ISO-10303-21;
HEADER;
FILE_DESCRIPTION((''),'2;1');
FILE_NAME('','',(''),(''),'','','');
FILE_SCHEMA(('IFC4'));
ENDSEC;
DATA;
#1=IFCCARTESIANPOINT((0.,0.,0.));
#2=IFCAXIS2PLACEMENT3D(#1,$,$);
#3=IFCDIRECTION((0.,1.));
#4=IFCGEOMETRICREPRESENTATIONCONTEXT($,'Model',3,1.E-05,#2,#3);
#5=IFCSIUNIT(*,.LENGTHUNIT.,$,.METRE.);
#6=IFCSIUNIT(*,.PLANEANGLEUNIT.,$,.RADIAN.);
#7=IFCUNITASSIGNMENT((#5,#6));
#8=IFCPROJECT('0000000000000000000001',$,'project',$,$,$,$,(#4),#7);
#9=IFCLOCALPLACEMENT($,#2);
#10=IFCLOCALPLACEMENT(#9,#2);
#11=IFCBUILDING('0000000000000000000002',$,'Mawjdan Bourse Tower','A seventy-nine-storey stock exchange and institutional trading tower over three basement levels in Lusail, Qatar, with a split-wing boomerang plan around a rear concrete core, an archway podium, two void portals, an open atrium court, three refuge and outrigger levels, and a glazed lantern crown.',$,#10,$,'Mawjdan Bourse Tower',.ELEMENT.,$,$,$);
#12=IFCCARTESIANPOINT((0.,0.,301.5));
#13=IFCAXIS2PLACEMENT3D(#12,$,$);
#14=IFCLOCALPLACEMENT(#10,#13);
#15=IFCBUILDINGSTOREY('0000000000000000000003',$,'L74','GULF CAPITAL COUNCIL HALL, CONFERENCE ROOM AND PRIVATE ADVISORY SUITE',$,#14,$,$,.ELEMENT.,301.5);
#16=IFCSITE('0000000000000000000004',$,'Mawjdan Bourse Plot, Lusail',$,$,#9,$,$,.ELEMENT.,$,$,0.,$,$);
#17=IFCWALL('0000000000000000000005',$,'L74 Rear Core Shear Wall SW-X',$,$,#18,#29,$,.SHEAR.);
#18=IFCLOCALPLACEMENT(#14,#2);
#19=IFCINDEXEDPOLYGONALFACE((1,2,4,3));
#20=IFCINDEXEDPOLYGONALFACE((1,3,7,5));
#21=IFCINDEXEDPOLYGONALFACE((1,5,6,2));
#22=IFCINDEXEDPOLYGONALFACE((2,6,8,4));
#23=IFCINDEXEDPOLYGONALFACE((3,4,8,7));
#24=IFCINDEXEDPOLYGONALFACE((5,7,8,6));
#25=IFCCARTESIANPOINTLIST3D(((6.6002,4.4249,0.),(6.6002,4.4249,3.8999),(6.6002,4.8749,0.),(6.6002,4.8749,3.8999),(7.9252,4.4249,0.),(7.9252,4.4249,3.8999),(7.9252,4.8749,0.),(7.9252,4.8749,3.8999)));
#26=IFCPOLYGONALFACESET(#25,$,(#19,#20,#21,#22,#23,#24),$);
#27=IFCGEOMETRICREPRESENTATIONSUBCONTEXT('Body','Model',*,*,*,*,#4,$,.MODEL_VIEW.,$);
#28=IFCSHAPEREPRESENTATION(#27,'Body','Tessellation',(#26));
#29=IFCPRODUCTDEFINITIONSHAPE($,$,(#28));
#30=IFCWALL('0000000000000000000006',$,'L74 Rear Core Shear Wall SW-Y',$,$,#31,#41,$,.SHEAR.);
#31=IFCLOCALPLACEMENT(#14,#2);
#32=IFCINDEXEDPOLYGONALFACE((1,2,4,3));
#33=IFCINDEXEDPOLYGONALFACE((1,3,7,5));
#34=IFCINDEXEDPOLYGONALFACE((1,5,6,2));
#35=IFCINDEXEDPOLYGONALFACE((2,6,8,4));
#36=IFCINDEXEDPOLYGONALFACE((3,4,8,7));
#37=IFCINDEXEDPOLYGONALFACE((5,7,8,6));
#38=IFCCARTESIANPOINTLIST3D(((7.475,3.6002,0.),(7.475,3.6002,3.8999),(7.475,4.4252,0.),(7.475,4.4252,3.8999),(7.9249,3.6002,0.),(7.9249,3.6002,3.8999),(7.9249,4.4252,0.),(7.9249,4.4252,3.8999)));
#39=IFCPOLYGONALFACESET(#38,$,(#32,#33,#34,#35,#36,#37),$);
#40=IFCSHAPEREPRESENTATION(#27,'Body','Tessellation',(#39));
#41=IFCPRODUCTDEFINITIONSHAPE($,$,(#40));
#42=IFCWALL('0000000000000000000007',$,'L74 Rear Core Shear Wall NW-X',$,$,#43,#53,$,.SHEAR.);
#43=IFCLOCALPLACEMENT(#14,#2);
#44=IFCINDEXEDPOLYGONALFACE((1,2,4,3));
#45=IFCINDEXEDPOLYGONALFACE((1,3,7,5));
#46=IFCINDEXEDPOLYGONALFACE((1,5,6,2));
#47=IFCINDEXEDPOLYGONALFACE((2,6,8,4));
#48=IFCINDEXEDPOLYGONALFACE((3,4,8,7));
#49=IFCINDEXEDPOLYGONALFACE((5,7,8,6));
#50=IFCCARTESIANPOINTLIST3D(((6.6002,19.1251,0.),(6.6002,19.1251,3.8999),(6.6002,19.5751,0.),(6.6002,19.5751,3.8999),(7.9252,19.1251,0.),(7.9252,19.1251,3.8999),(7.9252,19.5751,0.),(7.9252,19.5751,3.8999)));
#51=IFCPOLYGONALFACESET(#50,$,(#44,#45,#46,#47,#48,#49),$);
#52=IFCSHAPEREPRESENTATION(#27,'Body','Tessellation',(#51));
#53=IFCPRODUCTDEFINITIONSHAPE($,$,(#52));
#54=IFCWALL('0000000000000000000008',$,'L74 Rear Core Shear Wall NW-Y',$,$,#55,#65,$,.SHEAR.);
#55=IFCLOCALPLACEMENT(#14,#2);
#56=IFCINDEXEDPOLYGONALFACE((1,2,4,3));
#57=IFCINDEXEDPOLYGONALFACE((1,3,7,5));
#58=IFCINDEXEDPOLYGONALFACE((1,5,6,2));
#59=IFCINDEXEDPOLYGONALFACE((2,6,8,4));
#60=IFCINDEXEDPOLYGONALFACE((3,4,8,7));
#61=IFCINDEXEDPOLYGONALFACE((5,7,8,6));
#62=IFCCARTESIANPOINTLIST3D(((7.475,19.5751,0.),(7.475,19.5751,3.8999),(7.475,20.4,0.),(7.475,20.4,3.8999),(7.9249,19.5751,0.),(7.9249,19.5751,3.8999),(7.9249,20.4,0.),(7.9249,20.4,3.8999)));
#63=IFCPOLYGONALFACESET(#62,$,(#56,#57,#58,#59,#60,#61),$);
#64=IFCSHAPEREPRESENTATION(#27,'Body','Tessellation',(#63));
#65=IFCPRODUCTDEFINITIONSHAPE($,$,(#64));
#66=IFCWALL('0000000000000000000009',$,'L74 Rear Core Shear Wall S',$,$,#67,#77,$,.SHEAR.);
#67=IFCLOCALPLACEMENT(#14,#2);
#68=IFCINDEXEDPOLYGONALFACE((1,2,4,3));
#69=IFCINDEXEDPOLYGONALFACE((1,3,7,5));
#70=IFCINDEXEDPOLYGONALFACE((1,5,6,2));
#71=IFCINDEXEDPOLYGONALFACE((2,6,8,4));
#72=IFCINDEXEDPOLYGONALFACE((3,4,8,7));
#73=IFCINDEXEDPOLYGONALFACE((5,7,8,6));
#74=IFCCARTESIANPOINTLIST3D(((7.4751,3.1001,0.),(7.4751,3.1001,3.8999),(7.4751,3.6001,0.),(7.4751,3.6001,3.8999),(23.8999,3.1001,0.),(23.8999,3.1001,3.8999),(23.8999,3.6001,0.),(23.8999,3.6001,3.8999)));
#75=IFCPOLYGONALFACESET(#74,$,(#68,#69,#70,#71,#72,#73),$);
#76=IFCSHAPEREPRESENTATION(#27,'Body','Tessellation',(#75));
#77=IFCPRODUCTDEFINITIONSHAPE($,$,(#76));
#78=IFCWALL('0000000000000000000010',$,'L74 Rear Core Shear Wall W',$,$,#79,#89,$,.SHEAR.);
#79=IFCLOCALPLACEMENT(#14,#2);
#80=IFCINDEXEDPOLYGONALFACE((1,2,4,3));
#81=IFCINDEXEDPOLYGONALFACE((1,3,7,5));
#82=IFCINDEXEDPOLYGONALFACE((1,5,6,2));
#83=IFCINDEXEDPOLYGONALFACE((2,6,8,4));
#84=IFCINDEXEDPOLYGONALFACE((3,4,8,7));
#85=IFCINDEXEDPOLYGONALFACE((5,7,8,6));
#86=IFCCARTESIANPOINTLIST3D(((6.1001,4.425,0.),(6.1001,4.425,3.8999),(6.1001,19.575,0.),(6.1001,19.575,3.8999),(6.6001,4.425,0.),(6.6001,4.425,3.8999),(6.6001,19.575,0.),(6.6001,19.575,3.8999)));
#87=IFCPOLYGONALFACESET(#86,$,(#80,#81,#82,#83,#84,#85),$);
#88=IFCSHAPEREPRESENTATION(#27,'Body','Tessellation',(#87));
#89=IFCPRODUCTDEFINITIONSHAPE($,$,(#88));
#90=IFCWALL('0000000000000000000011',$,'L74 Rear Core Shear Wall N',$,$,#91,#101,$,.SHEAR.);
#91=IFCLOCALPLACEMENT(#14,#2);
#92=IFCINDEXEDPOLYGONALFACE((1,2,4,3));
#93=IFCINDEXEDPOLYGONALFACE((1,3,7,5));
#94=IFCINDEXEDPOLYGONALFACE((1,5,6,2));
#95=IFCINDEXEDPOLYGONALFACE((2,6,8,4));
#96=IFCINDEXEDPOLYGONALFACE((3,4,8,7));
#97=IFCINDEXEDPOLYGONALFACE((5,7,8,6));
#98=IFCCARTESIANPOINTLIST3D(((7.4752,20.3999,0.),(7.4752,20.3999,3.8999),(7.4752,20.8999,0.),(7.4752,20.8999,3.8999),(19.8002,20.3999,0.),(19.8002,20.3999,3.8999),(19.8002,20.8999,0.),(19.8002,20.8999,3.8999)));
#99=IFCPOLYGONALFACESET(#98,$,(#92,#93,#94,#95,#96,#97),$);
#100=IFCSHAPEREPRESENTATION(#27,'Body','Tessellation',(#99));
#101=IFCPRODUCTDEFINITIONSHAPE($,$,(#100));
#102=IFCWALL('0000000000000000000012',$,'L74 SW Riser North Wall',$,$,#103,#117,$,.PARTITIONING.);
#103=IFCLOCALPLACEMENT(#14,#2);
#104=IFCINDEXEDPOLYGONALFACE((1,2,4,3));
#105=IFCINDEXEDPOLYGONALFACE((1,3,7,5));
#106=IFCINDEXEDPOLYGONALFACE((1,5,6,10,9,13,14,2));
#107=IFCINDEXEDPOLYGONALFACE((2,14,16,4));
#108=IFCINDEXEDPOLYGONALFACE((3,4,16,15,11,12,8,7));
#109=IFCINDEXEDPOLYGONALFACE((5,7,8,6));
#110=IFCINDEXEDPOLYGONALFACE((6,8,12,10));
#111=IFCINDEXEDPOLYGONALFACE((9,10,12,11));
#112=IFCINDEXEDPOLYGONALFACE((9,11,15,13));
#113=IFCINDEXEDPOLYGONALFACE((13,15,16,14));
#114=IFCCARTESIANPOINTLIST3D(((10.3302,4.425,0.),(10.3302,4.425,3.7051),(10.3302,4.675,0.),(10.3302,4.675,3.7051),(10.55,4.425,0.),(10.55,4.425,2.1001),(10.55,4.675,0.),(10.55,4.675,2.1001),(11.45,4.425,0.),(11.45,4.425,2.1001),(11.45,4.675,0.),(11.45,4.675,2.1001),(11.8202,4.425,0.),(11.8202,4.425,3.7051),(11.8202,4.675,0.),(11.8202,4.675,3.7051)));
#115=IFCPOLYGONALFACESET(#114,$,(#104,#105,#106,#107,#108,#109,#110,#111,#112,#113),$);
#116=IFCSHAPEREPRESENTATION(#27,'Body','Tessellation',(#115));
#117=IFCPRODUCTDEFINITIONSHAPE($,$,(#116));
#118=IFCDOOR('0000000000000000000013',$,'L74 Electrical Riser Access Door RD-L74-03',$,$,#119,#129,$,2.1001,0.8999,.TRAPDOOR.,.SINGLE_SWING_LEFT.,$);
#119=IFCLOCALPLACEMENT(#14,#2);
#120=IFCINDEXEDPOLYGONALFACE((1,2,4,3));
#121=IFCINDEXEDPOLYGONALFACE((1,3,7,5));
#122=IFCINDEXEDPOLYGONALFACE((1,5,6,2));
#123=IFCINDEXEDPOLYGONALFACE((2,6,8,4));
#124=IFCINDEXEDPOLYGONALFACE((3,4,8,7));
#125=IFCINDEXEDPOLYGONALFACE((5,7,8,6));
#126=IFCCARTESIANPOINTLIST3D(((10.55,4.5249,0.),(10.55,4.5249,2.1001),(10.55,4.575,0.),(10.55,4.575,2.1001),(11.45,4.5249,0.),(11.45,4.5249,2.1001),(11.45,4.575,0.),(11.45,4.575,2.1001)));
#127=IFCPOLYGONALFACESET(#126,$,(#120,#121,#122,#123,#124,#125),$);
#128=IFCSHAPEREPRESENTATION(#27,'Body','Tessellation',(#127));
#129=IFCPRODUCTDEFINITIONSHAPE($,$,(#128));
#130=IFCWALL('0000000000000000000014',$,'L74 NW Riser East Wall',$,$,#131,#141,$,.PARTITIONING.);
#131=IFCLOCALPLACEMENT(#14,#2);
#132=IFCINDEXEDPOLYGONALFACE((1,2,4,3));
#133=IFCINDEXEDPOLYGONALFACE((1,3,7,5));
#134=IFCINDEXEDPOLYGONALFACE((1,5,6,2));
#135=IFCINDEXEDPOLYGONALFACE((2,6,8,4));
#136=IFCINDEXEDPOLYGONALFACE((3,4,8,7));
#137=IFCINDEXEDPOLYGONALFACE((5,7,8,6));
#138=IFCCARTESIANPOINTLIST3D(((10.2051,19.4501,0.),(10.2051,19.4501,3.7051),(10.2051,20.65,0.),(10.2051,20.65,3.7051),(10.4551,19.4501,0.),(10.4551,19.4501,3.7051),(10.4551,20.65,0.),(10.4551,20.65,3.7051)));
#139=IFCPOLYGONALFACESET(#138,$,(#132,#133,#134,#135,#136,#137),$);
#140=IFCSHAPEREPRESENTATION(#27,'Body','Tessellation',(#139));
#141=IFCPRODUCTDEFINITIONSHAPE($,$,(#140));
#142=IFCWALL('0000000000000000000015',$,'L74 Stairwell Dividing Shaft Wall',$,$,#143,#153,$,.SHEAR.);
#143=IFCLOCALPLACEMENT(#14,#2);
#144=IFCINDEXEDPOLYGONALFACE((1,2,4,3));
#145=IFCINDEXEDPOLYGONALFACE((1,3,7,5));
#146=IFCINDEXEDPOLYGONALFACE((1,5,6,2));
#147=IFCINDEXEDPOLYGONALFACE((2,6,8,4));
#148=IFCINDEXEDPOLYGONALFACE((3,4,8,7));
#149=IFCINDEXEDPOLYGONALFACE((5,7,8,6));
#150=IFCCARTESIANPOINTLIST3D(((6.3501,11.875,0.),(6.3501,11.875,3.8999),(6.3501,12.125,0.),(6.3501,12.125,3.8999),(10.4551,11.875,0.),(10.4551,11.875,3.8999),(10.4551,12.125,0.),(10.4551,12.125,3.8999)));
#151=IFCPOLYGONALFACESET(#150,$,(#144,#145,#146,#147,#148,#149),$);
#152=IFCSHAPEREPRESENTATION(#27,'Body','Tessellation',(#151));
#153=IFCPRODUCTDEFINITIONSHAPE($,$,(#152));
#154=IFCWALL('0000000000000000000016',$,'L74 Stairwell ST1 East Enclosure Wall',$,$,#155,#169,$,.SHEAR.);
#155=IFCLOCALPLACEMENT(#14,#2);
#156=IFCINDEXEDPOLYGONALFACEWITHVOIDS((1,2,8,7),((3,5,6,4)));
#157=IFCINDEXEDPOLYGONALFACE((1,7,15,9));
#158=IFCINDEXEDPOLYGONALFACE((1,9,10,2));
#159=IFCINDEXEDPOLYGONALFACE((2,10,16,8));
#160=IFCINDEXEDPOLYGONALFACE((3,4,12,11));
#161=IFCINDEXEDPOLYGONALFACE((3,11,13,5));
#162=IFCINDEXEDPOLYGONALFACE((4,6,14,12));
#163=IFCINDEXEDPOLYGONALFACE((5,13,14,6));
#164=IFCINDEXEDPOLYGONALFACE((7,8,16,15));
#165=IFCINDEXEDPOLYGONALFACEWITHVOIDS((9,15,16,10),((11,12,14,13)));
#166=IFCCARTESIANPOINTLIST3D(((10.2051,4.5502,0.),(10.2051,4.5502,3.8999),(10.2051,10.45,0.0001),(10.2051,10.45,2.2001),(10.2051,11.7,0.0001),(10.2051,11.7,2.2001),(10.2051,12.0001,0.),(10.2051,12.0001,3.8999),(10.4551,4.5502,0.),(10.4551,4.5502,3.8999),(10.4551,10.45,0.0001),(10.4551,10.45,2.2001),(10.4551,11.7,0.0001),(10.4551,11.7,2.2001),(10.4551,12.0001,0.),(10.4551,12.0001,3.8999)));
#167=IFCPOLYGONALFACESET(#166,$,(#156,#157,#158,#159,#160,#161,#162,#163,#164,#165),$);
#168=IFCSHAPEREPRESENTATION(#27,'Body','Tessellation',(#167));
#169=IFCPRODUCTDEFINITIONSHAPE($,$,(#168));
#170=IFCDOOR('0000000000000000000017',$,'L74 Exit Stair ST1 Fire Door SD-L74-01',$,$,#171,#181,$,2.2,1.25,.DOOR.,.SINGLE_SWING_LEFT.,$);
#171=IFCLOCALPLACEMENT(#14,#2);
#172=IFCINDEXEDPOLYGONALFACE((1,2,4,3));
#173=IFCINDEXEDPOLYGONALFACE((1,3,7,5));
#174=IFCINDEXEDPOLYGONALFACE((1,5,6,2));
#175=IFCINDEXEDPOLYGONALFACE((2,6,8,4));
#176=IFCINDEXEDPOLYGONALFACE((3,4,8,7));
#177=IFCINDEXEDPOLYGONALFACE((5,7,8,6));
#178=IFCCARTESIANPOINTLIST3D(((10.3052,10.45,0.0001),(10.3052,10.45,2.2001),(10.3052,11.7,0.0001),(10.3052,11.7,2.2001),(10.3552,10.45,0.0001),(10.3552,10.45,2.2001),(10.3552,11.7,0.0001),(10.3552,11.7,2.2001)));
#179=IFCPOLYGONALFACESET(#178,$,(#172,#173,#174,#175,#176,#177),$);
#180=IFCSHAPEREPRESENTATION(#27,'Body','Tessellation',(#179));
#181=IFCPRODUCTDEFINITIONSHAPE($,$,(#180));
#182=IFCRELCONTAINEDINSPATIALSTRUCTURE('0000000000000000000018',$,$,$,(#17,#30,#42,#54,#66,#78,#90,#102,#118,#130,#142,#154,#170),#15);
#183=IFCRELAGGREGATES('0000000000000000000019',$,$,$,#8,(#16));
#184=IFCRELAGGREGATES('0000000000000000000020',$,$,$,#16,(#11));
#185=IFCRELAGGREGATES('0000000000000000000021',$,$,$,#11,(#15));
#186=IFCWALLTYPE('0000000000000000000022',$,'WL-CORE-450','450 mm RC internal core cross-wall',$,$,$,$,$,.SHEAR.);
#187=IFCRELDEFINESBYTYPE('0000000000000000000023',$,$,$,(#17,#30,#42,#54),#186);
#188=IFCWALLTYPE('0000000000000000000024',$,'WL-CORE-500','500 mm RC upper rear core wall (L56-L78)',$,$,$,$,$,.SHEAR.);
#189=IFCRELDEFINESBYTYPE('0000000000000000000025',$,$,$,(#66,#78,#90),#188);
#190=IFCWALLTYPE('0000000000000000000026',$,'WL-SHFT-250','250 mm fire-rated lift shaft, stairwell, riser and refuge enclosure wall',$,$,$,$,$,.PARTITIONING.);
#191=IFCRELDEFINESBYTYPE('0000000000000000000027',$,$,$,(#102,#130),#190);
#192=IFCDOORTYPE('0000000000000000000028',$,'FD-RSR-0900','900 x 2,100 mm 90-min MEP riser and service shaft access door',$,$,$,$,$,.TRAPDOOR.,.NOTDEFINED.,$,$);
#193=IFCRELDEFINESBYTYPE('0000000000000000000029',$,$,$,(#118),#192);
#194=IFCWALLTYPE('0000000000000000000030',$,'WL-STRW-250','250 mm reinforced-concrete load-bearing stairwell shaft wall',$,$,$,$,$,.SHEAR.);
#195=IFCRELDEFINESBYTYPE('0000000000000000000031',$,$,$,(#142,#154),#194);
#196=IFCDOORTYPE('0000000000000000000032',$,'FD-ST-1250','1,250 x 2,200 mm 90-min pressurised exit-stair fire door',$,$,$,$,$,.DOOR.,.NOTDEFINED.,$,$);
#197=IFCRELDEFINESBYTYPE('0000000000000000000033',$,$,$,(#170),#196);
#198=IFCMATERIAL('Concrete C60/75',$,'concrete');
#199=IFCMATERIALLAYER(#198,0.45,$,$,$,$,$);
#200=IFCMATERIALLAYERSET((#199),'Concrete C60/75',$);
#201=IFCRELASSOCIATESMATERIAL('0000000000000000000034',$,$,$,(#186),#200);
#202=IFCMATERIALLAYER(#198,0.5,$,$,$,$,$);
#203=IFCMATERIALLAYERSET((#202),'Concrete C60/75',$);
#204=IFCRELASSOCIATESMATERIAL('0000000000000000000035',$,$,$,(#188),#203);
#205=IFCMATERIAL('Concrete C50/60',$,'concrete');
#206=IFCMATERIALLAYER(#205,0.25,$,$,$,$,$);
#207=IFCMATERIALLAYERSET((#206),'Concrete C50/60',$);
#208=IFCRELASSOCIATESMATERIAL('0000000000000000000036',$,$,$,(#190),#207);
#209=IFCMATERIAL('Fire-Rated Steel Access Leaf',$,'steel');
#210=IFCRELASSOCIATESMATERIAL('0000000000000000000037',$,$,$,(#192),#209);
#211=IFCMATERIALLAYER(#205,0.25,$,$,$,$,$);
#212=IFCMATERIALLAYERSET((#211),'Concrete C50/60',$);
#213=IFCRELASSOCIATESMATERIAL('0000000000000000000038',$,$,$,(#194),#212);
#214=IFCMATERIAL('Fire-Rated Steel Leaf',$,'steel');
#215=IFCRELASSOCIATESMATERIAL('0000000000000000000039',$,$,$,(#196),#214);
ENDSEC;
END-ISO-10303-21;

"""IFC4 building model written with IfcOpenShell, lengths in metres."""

from ifc_helpers import new_model, si_unit, direction, frame, frame_2d, origin, place, context, subcontext, project, spatial, rectangle, extrude, material, layer, layer_set, type_object, element, fill, save


model = new_model("IFC4")

# Units and contexts
model_context = context("Model", 3, precision=1e-05, world=origin(), true_north=direction((0.0, 1.0)))
body_context = subcontext(model_context, "Body", "Model", "MODEL_VIEW")
ifc_project = project(units=[si_unit("LENGTHUNIT", "METRE"), si_unit("PLANEANGLEUNIT", "RADIAN")], contexts=[model_context])

# Site, building, storey
site_placement = place(None, origin())
site = spatial("IfcSite", under=ifc_project, at=site_placement, Name="Mawjdan Bourse Plot, Lusail", CompositionType="ELEMENT", RefElevation=0.0)
building_placement = place(site_placement, origin())
building = spatial("IfcBuilding", under=site, at=building_placement, Name="Mawjdan Bourse Tower", Description="A seventy-nine-storey stock exchange and institutional trading tower over three basement levels in Lusail, Qatar, with a split-wing boomerang plan around a rear concrete core, an archway podium, two void portals, an open atrium court, three refuge and outrigger levels, and a glazed lantern crown.", LongName="Mawjdan Bourse Tower", CompositionType="ELEMENT")
storey_placement = place(building_placement, frame((0.0, 0.0, 301.5)))
storey = spatial("IfcBuildingStorey", under=building, at=storey_placement, Name="L74", Description="GULF CAPITAL COUNCIL HALL, CONFERENCE ROOM AND PRIVATE ADVISORY SUITE", CompositionType="ELEMENT", Elevation=301.5)

# Shared definitions
ifc_material_1 = material(Name="Concrete C50/60", Category="concrete")

# Walls
ifc_material_2 = material(Name="Concrete C60/75", Category="concrete")
ifc_layer_1 = layer(ifc_material_2, 0.45)
ifc_layer_set_1 = layer_set([ifc_layer_1], Name="Concrete C60/75")
wall_type_1 = type_object("IfcWallType", Name="WL-CORE-450", Description="450 mm RC internal core cross-wall", PredefinedType="SHEAR", material=ifc_layer_set_1)
wall_1_placement = place(storey_placement, frame((6.6001, 4.6499, 0.0), z_axis=(0.0, 0.0, 1.0), x_axis=(1.0, 0.0, 0.0)))
element("IfcWall", 1, at=wall_1_placement, inside=storey, type_object=wall_type_1, Name="L74 Rear Core Shear Wall SW-X", PredefinedType="SHEAR", context=body_context, shape_type="SweptSolid", body=[
    extrude(rectangle(XDim=1.325, YDim=0.45, at=frame_2d((0.6626, 0.0))), origin(), (0.0, 0.0, 1.0), 3.8999),
])
wall_2_placement = place(storey_placement, frame((7.7, 3.6001, 0.0), z_axis=(0.0, 0.0, 1.0), x_axis=(0.0, 1.0, 0.0)))
element("IfcWall", 2, at=wall_2_placement, inside=storey, type_object=wall_type_1, Name="L74 Rear Core Shear Wall SW-Y", PredefinedType="SHEAR", context=body_context, shape_type="SweptSolid", body=[
    extrude(rectangle(XDim=0.825, YDim=0.45, at=frame_2d((0.4126, 0.0))), origin(), (0.0, 0.0, 1.0), 3.8999),
])
wall_3_placement = place(storey_placement, frame((6.6001, 19.3501, 0.0), z_axis=(0.0, 0.0, 1.0), x_axis=(1.0, 0.0, 0.0)))
element("IfcWall", 3, at=wall_3_placement, inside=storey, type_object=wall_type_1, Name="L74 Rear Core Shear Wall NW-X", PredefinedType="SHEAR", context=body_context, shape_type="SweptSolid", body=[
    extrude(rectangle(XDim=1.325, YDim=0.45, at=frame_2d((0.6626, 0.0))), origin(), (0.0, 0.0, 1.0), 3.8999),
])
wall_4_placement = place(storey_placement, frame((7.7, 19.575, 0.0), z_axis=(0.0, 0.0, 1.0), x_axis=(0.0, 1.0, 0.0)))
element("IfcWall", 4, at=wall_4_placement, inside=storey, type_object=wall_type_1, Name="L74 Rear Core Shear Wall NW-Y", PredefinedType="SHEAR", context=body_context, shape_type="SweptSolid", body=[
    extrude(rectangle(XDim=0.825, YDim=0.45, at=frame_2d((0.4126, 0.0))), origin(), (0.0, 0.0, 1.0), 3.8999),
])
ifc_layer_2 = layer(ifc_material_2, 0.5)
ifc_layer_set_2 = layer_set([ifc_layer_2], Name="Concrete C60/75")
wall_type_2 = type_object("IfcWallType", Name="WL-CORE-500", Description="500 mm RC upper rear core wall (L56-L78)", PredefinedType="SHEAR", material=ifc_layer_set_2)
wall_5_placement = place(storey_placement, frame((7.4751, 3.3501, 0.0), z_axis=(0.0, 0.0, 1.0), x_axis=(1.0, 0.0, 0.0)))
element("IfcWall", 5, at=wall_5_placement, inside=storey, type_object=wall_type_2, Name="L74 Rear Core Shear Wall S", PredefinedType="SHEAR", context=body_context, shape_type="SweptSolid", body=[
    extrude(rectangle(XDim=16.4248, YDim=0.5, at=frame_2d((8.2124, 0.0))), origin(), (0.0, 0.0, 1.0), 3.8999),
])
wall_6_placement = place(storey_placement, frame((6.3501, 4.425, 0.0), z_axis=(0.0, 0.0, 1.0), x_axis=(0.0, 1.0, 0.0)))
element("IfcWall", 6, at=wall_6_placement, inside=storey, type_object=wall_type_2, Name="L74 Rear Core Shear Wall W", PredefinedType="SHEAR", context=body_context, shape_type="SweptSolid", body=[
    extrude(rectangle(XDim=15.1499, YDim=0.5, at=frame_2d((7.575, 0.0))), origin(), (0.0, 0.0, 1.0), 3.8999),
])
wall_7_placement = place(storey_placement, frame((7.4751, 20.6499, 0.0), z_axis=(0.0, 0.0, 1.0), x_axis=(1.0, 0.0, 0.0)))
element("IfcWall", 7, at=wall_7_placement, inside=storey, type_object=wall_type_2, Name="L74 Rear Core Shear Wall N", PredefinedType="SHEAR", context=body_context, shape_type="SweptSolid", body=[
    extrude(rectangle(XDim=12.325, YDim=0.5, at=frame_2d((6.1626, 0.0))), origin(), (0.0, 0.0, 1.0), 3.8999),
])

# Wall, opening, door
ifc_layer_3 = layer(ifc_material_1, 0.25)
ifc_layer_set_3 = layer_set([ifc_layer_3], Name="Concrete C50/60")
wall_type_3 = type_object("IfcWallType", Name="WL-SHFT-250", Description="250 mm fire-rated lift shaft, stairwell, riser and refuge enclosure wall", PredefinedType="PARTITIONING", material=ifc_layer_set_3)
wall_8_placement = place(storey_placement, frame((10.3301, 4.55, 0.0), z_axis=(0.0, 0.0, 1.0), x_axis=(1.0, 0.0, 0.0)))
wall_8 = element("IfcWall", 8, at=wall_8_placement, inside=storey, type_object=wall_type_3, Name="L74 SW Riser North Wall", PredefinedType="PARTITIONING", context=body_context, shape_type="SweptSolid", body=[
    extrude(rectangle(XDim=1.49, YDim=0.25, at=frame_2d((0.7451, 0.0))), origin(), (0.0, 0.0, 1.0), 3.7051),
])
opening_1_placement = place(wall_8_placement, frame((0.22, 0.0, 0.0)))
opening_1 = element("IfcOpeningElement", 9, at=opening_1_placement, cuts=wall_8, PredefinedType="OPENING", context=body_context, shape_type="SweptSolid", body=[
    extrude(rectangle(XDim=0.8999, YDim=2.1001, at=frame_2d((0.45, 1.05))), frame((0.0, 0.135, 0.0), z_axis=(0.0, -1.0, 0.0), x_axis=(1.0, 0.0, 0.0)), (0.0, 0.0, 1.0), 0.27),
])
ifc_material_3 = material(Name="Fire-Rated Steel Access Leaf", Category="steel")
door_type_1 = type_object("IfcDoorType", Name="FD-RSR-0900", Description="900 x 2,100 mm 90-min MEP riser and service shaft access door", OperationType="NOTDEFINED", PredefinedType="TRAPDOOR", material=ifc_material_3)
door_1_placement = place(opening_1_placement, origin())
door_1 = element("IfcDoor", 10, at=door_1_placement, inside=storey, type_object=door_type_1, Name="L74 Electrical Riser Access Door RD-L74-03", OperationType="SINGLE_SWING_LEFT", OverallHeight=2.1001, OverallWidth=0.8999, PredefinedType="TRAPDOOR", context=body_context, shape_type="SweptSolid", body=[
    extrude(rectangle(XDim=0.8999, YDim=2.1001, at=frame_2d((0.45, 1.05))), frame((0.0, 0.0249, 0.0), z_axis=(0.0, -1.0, 0.0), x_axis=(1.0, 0.0, 0.0)), (0.0, 0.0, 1.0), 0.05),
])
fill(opening_1, door_1)

# Walls
wall_9_placement = place(storey_placement, frame((10.3301, 19.45, 0.0), z_axis=(0.0, 0.0, 1.0), x_axis=(0.0, 1.0, 0.0)))
element("IfcWall", 11, at=wall_9_placement, inside=storey, type_object=wall_type_3, Name="L74 NW Riser East Wall", PredefinedType="PARTITIONING", context=body_context, shape_type="SweptSolid", body=[
    extrude(rectangle(XDim=1.2, YDim=0.25, at=frame_2d((0.6001, 0.0))), origin(), (0.0, 0.0, 1.0), 3.7051),
])
ifc_layer_4 = layer(ifc_material_1, 0.25)
ifc_layer_set_4 = layer_set([ifc_layer_4], Name="Concrete C50/60")
wall_type_4 = type_object("IfcWallType", Name="WL-STRW-250", Description="250 mm reinforced-concrete load-bearing stairwell shaft wall", PredefinedType="SHEAR", material=ifc_layer_set_4)
wall_10_placement = place(storey_placement, frame((6.3501, 12.0, 0.0), z_axis=(0.0, 0.0, 1.0), x_axis=(1.0, 0.0, 0.0)))
element("IfcWall", 12, at=wall_10_placement, inside=storey, type_object=wall_type_4, Name="L74 Stairwell Dividing Shaft Wall", PredefinedType="SHEAR", context=body_context, shape_type="SweptSolid", body=[
    extrude(rectangle(XDim=4.105, YDim=0.25, at=frame_2d((2.0525, 0.0))), origin(), (0.0, 0.0, 1.0), 3.8999),
])

# Wall, opening, door
wall_11_placement = place(storey_placement, frame((10.3301, 4.55, 0.0), z_axis=(0.0, 0.0, 1.0), x_axis=(0.0, 1.0, 0.0)))
wall_11 = element("IfcWall", 13, at=wall_11_placement, inside=storey, type_object=wall_type_4, Name="L74 Stairwell ST1 East Enclosure Wall", PredefinedType="SHEAR", context=body_context, shape_type="SweptSolid", body=[
    extrude(rectangle(XDim=7.45, YDim=0.25, at=frame_2d((3.7251, 0.0))), origin(), (0.0, 0.0, 1.0), 3.8999),
])
opening_2_placement = place(wall_11_placement, frame((5.8999, 0.0, 0.0)))
opening_2 = element("IfcOpeningElement", 14, at=opening_2_placement, cuts=wall_11, PredefinedType="OPENING", context=body_context, shape_type="SweptSolid", body=[
    extrude(rectangle(XDim=1.25, YDim=2.2, at=frame_2d((0.625, 1.1001))), frame((0.0, 0.135, 0.0), z_axis=(0.0, -1.0, 0.0), x_axis=(1.0, 0.0, 0.0)), (0.0, 0.0, 1.0), 0.27),
])
ifc_material_4 = material(Name="Fire-Rated Steel Leaf", Category="steel")
door_type_2 = type_object("IfcDoorType", Name="FD-ST-1250", Description="1,250 x 2,200 mm 90-min pressurised exit-stair fire door", OperationType="NOTDEFINED", PredefinedType="DOOR", material=ifc_material_4)
door_2_placement = place(opening_2_placement, origin())
door_2 = element("IfcDoor", 15, at=door_2_placement, inside=storey, type_object=door_type_2, Name="L74 Exit Stair ST1 Fire Door SD-L74-01", OperationType="SINGLE_SWING_LEFT", OverallHeight=2.2, OverallWidth=1.25, PredefinedType="DOOR", context=body_context, shape_type="SweptSolid", body=[
    extrude(rectangle(XDim=1.25, YDim=2.2, at=frame_2d((0.625, 1.1001))), frame((0.0, 0.0249, 0.0), z_axis=(0.0, -1.0, 0.0), x_axis=(1.0, 0.0, 0.0)), (0.0, 0.0, 1.0), 0.05),
])
fill(opening_2, door_2)

save(model, "model.ifc")
